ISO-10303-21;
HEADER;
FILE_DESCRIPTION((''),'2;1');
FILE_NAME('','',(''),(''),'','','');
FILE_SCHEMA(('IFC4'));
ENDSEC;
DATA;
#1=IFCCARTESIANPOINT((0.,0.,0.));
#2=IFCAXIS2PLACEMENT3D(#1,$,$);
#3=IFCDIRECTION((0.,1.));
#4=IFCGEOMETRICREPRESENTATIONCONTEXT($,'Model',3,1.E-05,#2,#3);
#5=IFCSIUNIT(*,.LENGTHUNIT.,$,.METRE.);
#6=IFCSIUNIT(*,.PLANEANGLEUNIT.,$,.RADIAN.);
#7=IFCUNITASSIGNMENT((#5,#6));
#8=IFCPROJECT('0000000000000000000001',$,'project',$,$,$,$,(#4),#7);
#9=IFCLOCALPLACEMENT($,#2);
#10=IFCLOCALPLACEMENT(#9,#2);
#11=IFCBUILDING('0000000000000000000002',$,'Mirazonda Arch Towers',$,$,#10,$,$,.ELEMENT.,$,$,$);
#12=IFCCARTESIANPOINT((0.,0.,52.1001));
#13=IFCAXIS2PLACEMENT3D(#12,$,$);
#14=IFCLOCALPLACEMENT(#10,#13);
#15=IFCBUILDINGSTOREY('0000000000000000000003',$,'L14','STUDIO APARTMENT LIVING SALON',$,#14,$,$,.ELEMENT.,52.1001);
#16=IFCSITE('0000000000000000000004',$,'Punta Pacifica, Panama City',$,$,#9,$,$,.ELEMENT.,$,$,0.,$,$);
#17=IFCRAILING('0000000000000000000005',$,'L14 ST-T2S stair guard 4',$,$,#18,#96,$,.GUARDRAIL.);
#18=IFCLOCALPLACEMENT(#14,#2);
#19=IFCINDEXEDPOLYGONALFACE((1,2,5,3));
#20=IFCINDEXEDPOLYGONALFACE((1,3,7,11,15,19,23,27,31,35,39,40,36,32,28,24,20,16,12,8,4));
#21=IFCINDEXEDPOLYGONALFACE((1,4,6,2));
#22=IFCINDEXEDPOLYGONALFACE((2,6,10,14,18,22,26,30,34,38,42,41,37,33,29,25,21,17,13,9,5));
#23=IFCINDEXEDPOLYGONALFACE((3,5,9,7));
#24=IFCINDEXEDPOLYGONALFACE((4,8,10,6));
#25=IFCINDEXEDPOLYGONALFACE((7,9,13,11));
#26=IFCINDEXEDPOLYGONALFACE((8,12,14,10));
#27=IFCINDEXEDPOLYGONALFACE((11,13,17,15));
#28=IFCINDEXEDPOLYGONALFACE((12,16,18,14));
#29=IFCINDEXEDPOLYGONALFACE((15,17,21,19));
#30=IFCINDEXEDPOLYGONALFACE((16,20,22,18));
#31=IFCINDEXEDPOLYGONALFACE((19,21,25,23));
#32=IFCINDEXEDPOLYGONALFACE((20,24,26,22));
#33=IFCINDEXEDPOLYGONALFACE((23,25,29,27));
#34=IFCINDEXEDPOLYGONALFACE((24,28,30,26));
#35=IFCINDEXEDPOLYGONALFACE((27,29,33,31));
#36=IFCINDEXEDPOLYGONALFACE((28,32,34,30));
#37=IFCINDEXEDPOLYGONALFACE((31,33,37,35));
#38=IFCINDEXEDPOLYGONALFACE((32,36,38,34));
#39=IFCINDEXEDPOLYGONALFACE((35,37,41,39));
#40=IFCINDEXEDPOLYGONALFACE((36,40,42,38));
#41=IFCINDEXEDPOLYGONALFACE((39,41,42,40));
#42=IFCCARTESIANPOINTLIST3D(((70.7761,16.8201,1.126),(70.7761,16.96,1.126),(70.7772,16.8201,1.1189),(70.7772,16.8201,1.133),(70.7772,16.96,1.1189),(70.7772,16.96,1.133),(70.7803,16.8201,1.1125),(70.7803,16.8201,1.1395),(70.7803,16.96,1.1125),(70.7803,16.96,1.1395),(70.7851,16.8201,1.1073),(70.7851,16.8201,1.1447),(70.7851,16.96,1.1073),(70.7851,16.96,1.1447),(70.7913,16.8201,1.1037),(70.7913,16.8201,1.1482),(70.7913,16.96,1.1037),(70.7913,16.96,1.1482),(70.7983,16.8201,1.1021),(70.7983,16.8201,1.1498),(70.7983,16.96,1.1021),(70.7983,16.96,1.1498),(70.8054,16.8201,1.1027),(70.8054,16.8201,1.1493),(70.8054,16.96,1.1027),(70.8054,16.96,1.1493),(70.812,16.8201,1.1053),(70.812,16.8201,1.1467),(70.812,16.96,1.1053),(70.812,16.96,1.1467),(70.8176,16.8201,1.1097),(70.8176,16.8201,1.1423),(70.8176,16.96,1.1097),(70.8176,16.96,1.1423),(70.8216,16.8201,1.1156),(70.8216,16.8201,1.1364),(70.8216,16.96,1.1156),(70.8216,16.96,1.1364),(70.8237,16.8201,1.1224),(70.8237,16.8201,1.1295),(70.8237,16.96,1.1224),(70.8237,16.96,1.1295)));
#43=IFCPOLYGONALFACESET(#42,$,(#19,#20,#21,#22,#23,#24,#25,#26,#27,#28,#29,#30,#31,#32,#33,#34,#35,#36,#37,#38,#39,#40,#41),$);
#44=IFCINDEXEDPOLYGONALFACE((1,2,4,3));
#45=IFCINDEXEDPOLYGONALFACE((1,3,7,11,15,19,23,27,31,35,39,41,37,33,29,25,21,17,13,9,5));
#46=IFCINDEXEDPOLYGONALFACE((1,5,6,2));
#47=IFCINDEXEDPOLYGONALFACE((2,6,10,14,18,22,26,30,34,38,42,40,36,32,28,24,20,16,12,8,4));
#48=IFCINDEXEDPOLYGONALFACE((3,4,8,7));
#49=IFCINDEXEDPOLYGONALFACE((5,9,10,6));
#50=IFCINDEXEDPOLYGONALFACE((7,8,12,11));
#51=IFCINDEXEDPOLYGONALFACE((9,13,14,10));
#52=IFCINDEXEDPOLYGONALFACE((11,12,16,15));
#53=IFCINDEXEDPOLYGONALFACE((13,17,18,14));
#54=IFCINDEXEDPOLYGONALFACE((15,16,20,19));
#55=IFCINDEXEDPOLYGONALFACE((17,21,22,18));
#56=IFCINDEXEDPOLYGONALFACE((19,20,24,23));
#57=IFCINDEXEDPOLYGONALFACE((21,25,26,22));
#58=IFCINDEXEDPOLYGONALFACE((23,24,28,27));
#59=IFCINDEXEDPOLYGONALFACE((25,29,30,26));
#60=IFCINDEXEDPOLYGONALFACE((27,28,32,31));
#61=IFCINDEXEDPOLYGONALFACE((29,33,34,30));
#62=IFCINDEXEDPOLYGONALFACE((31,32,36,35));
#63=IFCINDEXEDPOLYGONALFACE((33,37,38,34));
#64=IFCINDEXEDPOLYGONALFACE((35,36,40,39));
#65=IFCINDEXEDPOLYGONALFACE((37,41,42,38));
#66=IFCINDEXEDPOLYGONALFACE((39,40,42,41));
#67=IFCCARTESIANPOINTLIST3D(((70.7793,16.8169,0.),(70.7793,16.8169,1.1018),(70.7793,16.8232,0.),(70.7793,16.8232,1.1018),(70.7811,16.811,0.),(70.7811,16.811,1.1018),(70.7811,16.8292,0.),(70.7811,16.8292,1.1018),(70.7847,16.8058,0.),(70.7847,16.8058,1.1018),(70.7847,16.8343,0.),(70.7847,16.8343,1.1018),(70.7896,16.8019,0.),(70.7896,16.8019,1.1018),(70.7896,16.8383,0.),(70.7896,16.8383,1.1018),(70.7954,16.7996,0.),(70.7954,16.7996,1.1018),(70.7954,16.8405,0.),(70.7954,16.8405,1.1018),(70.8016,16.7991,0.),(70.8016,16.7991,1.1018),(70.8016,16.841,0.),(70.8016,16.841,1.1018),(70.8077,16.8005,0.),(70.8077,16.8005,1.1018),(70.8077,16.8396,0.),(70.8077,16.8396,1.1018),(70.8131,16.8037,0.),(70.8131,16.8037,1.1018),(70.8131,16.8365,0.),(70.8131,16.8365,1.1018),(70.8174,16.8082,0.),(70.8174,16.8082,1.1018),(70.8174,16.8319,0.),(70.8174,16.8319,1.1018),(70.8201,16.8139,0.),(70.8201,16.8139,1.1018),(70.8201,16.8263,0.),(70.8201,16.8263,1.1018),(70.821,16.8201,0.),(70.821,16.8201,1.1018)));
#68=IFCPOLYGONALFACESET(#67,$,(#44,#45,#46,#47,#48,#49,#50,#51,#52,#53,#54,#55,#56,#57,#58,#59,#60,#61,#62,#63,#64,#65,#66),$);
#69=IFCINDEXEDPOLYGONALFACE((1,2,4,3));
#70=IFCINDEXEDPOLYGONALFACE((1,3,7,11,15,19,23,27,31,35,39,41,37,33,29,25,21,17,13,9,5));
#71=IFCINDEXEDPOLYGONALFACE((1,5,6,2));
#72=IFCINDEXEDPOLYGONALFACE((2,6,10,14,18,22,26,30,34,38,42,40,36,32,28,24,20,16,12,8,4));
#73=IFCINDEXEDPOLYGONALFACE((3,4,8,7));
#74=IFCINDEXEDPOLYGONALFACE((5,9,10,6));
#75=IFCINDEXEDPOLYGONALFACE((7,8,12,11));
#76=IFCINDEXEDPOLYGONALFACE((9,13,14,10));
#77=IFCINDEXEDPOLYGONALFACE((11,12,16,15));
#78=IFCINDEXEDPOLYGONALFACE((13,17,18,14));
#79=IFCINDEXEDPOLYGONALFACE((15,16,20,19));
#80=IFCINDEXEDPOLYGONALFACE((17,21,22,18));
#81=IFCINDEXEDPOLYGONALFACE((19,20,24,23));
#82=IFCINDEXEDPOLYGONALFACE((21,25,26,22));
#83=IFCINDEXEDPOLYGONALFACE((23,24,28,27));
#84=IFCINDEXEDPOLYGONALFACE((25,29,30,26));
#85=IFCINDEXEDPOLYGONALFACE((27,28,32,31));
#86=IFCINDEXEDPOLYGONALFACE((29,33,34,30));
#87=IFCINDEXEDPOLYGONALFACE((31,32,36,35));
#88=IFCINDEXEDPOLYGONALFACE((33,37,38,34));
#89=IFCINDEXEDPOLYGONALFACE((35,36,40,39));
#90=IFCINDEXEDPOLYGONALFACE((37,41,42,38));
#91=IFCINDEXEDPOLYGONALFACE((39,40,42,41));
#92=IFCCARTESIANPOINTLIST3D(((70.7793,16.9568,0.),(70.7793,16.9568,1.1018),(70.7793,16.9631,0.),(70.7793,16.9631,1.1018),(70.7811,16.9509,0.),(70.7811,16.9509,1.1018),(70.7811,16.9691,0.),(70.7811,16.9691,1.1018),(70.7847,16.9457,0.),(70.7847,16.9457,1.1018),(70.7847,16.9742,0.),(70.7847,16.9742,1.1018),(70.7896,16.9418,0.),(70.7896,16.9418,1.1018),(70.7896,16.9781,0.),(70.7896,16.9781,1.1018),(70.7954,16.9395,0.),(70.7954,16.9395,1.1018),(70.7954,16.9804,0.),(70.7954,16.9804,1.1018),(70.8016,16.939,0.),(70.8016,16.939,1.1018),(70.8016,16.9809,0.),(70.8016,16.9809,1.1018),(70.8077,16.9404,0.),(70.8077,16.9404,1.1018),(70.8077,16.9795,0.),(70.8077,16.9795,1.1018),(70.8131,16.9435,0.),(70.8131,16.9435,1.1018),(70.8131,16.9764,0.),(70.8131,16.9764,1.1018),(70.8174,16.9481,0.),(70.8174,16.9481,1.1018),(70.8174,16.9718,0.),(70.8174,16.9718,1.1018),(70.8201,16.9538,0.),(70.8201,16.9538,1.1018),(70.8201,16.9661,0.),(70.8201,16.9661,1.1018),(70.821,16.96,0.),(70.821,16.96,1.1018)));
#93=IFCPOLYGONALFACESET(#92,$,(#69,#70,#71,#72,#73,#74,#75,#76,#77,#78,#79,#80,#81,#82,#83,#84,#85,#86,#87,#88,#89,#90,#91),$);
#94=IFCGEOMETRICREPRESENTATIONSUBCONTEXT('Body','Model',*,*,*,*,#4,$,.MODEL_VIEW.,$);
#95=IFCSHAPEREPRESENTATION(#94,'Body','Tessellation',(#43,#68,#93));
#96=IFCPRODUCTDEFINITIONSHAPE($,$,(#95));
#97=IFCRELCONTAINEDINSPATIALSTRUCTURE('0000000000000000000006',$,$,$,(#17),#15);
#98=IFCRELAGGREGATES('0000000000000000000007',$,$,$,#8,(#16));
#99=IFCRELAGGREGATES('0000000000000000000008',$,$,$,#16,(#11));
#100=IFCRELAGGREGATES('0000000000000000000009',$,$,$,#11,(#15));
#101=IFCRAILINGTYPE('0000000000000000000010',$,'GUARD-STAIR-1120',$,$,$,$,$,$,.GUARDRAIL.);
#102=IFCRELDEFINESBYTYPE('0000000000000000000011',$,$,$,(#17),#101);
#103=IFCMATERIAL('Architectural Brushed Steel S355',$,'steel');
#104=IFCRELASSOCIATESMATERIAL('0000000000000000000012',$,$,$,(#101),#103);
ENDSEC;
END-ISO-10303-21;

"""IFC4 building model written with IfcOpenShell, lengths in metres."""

from ifc_helpers import new_model, si_unit, direction, frame, origin, origin_2d, place, context, subcontext, project, spatial, circle, extrude, material, type_object, element, save


model = new_model("IFC4")

# Units and contexts
model_context = context("Model", 3, precision=1e-05, world=origin(), true_north=direction((0.0, 1.0)))
body_context = subcontext(model_context, "Body", "Model", "MODEL_VIEW")
ifc_project = project(units=[si_unit("LENGTHUNIT", "METRE"), si_unit("PLANEANGLEUNIT", "RADIAN")], contexts=[model_context])

# Site, building, storey
site_placement = place(None, origin())
site = spatial("IfcSite", under=ifc_project, at=site_placement, Name="Punta Pacifica, Panama City", CompositionType="ELEMENT", RefElevation=0.0)
building_placement = place(site_placement, origin())
building = spatial("IfcBuilding", under=site, at=building_placement, Name="Mirazonda Arch Towers", CompositionType="ELEMENT")
storey_placement = place(building_placement, frame((0.0, 0.0, 52.1001)))
storey = spatial("IfcBuildingStorey", under=building, at=storey_placement, Name="L14", Description="STUDIO APARTMENT LIVING SALON", CompositionType="ELEMENT", Elevation=52.1001)

# Shared definitions
ifc_material_1 = material(Name="Architectural Brushed Steel S355", Category="steel")

# Railing
railing_type_1 = type_object("IfcRailingType", Name="GUARD-STAIR-1120", PredefinedType="GUARDRAIL", material=ifc_material_1)
railing_1_placement = place(storey_placement, frame((70.8, 16.8201, 0.0)))
element("IfcRailing", 1, at=railing_1_placement, inside=storey, type_object=railing_type_1, Name="L14 ST-T2S stair guard 4", PredefinedType="GUARDRAIL", context=body_context, shape_type="SweptSolid", body=[
    extrude(circle(Radius=0.0239, at=origin_2d()), frame((0.0, 0.0, 1.126), z_axis=(0.0, 1.0, 0.0), x_axis=(-1.0, 0.0, 0.0)), (0.0, 0.0, 1.0), 0.1399),
    extrude(circle(Radius=0.021, at=origin_2d()), origin(), (0.0, 0.0, 1.0), 1.1018),
    extrude(circle(Radius=0.021, at=origin_2d()), frame((0.0, 0.1399, 0.0)), (0.0, 0.0, 1.0), 1.1018),
])

save(model, "model.ifc")
